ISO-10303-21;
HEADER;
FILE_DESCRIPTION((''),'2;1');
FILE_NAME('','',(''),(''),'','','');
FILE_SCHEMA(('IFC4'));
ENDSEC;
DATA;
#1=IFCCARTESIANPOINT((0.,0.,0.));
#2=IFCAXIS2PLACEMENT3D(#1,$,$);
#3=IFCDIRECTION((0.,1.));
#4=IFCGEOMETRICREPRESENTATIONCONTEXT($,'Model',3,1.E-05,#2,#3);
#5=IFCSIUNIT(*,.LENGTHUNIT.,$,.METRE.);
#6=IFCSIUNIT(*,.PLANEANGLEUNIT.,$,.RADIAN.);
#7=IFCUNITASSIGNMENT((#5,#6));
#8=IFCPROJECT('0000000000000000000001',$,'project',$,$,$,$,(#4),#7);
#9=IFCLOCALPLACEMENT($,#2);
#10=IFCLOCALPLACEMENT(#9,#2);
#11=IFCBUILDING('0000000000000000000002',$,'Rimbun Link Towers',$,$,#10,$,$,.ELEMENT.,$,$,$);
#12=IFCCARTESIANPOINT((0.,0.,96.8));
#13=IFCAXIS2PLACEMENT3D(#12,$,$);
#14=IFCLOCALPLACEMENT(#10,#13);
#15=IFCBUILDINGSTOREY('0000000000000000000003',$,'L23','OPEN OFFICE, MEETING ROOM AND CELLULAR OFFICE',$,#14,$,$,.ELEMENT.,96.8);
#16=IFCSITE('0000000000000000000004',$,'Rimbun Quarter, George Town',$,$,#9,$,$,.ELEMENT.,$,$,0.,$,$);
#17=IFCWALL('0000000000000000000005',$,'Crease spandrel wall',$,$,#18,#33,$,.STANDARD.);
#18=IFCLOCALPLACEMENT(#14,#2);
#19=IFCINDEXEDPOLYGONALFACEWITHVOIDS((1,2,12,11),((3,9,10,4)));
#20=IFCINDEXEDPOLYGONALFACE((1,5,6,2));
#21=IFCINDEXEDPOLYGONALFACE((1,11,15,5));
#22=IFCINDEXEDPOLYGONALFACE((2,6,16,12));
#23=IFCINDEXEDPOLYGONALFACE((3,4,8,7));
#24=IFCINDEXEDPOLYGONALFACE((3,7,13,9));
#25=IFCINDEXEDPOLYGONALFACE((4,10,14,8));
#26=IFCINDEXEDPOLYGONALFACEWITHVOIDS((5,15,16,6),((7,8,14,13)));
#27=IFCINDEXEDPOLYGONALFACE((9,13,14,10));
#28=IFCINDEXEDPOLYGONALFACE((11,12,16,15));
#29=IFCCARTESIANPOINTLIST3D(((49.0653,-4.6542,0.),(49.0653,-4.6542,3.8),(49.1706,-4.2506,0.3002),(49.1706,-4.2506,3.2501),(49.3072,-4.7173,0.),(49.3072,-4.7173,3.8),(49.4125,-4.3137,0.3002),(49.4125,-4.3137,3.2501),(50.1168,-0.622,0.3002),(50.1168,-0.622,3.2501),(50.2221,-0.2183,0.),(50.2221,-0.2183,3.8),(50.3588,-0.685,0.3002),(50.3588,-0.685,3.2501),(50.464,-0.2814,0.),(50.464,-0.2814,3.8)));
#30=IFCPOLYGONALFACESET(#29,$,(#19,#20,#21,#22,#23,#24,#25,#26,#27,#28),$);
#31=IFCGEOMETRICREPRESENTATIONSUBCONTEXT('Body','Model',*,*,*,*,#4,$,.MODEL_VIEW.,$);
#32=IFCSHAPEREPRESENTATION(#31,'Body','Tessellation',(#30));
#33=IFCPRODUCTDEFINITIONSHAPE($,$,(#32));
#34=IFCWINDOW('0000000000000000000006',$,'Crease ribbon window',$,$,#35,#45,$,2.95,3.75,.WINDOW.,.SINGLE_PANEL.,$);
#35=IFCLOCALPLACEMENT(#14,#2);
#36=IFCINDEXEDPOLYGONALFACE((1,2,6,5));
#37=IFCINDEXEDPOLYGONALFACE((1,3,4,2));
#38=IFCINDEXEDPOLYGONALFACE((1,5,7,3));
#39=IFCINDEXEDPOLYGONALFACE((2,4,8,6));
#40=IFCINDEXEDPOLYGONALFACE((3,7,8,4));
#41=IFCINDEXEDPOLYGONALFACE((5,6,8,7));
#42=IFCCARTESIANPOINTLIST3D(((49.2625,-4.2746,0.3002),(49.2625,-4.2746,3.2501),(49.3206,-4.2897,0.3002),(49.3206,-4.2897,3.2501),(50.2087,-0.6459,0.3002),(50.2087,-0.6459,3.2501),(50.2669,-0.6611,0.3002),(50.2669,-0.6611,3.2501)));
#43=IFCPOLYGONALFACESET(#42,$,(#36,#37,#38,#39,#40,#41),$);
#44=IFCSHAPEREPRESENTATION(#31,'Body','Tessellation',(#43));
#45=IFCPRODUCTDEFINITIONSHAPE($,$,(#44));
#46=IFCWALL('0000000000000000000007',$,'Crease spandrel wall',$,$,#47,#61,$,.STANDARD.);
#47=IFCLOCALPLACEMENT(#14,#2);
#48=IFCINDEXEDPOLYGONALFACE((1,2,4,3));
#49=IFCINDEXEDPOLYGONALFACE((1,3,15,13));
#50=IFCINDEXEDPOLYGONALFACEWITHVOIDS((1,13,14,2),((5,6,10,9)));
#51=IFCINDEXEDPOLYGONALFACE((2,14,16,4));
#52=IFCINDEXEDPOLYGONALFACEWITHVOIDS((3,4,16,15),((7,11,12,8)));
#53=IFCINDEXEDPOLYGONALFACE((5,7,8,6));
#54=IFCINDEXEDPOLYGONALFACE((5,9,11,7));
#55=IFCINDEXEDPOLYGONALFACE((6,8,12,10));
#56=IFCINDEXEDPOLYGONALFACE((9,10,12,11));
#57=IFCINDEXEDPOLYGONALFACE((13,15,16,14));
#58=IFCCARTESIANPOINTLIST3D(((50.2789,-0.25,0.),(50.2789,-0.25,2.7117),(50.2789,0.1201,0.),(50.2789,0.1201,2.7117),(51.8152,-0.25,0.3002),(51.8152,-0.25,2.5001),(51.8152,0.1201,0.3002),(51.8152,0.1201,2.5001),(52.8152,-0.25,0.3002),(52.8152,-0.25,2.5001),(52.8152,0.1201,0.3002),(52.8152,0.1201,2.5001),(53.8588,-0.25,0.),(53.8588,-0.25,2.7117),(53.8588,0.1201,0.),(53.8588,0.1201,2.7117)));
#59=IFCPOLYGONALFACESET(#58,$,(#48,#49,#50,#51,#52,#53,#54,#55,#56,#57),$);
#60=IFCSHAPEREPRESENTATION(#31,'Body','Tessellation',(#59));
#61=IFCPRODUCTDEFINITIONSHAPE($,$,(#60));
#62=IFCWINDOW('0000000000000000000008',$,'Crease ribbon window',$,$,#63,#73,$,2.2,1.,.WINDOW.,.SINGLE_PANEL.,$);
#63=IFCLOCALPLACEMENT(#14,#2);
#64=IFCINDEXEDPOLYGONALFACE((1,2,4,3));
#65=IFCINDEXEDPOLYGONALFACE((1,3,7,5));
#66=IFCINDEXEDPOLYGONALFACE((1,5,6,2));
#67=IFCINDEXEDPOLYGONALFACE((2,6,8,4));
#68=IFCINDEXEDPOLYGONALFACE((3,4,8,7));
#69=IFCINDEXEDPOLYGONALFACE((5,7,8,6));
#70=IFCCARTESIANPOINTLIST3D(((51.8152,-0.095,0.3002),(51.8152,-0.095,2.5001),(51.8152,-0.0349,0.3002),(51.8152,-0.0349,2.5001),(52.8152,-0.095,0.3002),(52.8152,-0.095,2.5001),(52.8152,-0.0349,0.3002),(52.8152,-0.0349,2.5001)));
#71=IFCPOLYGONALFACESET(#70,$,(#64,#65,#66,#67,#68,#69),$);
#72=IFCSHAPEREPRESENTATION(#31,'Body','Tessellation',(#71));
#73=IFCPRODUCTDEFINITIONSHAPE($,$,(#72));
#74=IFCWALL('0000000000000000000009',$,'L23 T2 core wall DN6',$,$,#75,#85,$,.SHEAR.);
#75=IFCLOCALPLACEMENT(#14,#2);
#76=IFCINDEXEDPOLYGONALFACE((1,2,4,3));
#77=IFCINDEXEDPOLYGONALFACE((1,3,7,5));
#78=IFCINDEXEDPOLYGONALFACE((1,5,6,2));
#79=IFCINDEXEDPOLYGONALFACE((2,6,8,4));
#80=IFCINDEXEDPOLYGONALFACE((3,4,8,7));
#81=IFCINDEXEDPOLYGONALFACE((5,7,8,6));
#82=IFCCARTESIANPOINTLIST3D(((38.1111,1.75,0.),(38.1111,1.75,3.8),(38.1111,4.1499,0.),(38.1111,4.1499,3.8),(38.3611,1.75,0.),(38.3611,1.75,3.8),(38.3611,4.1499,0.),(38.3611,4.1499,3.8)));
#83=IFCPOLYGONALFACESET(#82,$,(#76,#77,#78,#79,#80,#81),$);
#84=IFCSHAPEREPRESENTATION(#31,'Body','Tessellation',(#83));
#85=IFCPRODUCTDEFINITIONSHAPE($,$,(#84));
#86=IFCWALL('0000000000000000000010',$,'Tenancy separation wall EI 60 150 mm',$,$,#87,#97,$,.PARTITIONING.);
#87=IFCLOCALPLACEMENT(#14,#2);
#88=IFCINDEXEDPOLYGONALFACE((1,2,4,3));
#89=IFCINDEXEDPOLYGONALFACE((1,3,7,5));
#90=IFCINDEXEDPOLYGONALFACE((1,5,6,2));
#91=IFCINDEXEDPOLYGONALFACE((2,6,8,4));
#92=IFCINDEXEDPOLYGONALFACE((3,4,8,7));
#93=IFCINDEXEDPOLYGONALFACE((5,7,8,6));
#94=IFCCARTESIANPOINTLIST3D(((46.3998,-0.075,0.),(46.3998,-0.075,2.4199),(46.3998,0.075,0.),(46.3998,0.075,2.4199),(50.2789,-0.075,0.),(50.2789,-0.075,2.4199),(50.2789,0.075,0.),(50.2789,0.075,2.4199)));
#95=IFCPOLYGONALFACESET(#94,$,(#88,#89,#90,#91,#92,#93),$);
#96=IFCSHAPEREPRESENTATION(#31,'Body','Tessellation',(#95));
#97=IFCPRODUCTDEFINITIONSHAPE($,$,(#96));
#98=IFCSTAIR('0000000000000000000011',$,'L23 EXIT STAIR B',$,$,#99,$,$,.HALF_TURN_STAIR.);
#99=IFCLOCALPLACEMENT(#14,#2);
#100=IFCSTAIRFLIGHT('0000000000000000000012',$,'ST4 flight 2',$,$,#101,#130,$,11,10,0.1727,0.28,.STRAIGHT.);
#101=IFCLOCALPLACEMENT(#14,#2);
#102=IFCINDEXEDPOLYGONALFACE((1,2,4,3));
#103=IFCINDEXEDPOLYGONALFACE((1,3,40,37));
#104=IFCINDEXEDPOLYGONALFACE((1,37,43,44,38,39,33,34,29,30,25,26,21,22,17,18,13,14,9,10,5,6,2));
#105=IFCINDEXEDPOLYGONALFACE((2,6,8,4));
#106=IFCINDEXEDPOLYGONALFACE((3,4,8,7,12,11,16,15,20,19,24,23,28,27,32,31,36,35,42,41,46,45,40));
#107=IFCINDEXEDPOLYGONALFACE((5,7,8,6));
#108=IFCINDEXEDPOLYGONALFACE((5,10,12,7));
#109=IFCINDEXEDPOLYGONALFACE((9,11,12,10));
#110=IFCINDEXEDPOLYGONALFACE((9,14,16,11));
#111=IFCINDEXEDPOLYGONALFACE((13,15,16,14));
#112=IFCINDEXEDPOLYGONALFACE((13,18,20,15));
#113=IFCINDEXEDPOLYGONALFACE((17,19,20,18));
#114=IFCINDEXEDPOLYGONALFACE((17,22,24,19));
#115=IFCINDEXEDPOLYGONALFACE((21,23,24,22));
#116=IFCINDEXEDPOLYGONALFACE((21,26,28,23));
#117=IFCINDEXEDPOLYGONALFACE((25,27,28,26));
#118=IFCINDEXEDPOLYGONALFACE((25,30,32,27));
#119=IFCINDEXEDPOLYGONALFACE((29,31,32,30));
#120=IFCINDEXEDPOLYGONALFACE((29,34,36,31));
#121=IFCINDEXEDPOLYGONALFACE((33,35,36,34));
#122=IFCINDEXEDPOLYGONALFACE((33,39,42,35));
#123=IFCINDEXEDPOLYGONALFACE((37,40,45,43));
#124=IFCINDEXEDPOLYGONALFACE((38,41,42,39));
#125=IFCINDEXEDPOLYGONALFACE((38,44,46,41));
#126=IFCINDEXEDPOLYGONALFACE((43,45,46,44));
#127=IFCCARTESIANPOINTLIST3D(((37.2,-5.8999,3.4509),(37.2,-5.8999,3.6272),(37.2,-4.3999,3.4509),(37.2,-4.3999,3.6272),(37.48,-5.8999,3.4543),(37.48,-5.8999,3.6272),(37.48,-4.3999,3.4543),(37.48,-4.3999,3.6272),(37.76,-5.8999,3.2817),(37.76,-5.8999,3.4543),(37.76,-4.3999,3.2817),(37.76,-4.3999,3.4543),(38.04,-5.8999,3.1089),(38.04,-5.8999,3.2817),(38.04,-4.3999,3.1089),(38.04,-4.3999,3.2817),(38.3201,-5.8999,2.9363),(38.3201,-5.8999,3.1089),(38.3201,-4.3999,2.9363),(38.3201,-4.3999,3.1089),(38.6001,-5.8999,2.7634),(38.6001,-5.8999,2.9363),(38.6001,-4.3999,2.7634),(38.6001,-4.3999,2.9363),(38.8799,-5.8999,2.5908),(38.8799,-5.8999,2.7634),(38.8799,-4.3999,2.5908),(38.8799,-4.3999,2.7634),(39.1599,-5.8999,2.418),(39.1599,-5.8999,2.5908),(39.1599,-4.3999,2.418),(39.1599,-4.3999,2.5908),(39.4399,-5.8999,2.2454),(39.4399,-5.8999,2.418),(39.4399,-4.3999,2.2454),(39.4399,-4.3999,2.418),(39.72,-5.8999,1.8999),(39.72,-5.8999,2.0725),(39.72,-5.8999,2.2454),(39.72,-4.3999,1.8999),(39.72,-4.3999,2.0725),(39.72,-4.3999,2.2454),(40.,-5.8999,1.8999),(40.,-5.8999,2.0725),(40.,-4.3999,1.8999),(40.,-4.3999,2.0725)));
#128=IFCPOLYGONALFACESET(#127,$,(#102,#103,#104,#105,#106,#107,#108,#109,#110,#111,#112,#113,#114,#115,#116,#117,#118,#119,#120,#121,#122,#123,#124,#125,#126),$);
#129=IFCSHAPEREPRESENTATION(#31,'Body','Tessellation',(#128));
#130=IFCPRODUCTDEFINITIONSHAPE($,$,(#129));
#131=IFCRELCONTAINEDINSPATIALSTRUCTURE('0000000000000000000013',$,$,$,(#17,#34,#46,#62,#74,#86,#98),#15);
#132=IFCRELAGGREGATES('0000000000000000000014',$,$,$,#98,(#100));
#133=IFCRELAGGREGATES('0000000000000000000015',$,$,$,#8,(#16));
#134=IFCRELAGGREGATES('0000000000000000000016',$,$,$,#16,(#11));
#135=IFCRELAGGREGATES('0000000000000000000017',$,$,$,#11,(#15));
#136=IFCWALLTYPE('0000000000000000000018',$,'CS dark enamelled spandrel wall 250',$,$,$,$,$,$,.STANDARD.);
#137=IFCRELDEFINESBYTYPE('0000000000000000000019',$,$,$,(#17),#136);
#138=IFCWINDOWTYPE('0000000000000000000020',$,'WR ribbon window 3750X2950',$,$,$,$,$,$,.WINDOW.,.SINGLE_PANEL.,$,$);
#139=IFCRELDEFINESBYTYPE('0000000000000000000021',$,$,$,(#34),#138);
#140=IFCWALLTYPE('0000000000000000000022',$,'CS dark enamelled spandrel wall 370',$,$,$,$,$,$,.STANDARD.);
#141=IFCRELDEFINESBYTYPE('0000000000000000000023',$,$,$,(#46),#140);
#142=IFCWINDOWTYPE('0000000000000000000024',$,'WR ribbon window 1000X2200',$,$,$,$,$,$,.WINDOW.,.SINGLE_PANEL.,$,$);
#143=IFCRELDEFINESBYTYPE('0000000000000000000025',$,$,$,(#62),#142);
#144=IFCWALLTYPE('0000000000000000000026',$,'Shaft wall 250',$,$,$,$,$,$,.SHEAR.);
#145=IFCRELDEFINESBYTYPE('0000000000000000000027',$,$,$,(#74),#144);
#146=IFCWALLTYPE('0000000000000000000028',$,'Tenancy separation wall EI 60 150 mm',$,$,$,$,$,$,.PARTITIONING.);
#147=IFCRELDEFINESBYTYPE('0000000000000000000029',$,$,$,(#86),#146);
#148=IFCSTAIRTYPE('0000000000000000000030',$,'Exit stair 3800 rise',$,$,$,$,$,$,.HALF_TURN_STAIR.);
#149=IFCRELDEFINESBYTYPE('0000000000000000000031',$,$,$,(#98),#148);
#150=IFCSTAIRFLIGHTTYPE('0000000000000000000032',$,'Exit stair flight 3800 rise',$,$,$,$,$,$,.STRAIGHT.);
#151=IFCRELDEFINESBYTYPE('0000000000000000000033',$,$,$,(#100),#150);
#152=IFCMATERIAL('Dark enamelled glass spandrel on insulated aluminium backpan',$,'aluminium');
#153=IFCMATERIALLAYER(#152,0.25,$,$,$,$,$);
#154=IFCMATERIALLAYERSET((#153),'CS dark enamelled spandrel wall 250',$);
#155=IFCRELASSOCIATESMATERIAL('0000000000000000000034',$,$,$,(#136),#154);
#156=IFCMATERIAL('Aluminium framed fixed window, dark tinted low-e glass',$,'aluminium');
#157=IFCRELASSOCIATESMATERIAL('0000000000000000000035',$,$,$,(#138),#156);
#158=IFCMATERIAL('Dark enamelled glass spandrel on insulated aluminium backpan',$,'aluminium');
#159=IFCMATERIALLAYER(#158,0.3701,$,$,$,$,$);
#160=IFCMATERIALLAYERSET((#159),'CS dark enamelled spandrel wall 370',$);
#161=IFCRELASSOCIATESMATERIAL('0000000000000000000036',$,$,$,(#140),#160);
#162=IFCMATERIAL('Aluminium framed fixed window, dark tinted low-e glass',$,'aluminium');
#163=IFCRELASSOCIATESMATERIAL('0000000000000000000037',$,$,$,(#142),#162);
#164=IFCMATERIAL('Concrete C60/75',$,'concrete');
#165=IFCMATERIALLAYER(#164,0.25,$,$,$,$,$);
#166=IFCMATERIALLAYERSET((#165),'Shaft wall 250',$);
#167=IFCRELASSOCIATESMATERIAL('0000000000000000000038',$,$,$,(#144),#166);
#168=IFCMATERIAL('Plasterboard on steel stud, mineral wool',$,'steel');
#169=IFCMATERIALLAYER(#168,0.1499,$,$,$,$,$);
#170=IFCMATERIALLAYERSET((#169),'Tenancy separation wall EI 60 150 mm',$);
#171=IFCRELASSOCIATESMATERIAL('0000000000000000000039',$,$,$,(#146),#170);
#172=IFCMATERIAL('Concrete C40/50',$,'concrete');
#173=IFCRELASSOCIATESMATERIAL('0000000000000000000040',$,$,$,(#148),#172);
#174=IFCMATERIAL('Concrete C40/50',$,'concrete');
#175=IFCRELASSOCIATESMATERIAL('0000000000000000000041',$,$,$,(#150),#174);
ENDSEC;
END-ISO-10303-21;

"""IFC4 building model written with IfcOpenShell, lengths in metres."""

from ifc_helpers import new_model, si_unit, direction, frame, frame_2d, origin, place, context, subcontext, project, spatial, polyline, rectangle, outline, extrude, material, layer, layer_set, type_object, element, fill, aggregate, save


model = new_model("IFC4")

# Units and contexts
model_context = context("Model", 3, precision=1e-05, world=origin(), true_north=direction((0.0, 1.0)))
body_context = subcontext(model_context, "Body", "Model", "MODEL_VIEW")
ifc_project = project(units=[si_unit("LENGTHUNIT", "METRE"), si_unit("PLANEANGLEUNIT", "RADIAN")], contexts=[model_context])

# Site, building, storey
site_placement = place(None, origin())
site = spatial("IfcSite", under=ifc_project, at=site_placement, Name="Rimbun Quarter, George Town", CompositionType="ELEMENT", RefElevation=0.0)
building_placement = place(site_placement, origin())
building = spatial("IfcBuilding", under=site, at=building_placement, Name="Rimbun Link Towers", CompositionType="ELEMENT")
storey_placement = place(building_placement, frame((0.0, 0.0, 96.8)))
storey = spatial("IfcBuildingStorey", under=building, at=storey_placement, Name="L23", Description="OPEN OFFICE, MEETING ROOM AND CELLULAR OFFICE", CompositionType="ELEMENT", Elevation=96.8)

# Walls, openings, windows
ifc_material_1 = material(Name="Dark enamelled glass spandrel on insulated aluminium backpan", Category="aluminium")
ifc_layer_1 = layer(ifc_material_1, 0.25)
ifc_layer_set_1 = layer_set([ifc_layer_1], Name="CS dark enamelled spandrel wall 250")
wall_type_1 = type_object("IfcWallType", Name="CS dark enamelled spandrel wall 250", PredefinedType="STANDARD", material=ifc_layer_set_1)
wall_1_placement = place(storey_placement, frame((50.343, -0.25, 0.0), z_axis=(0.0, 0.0, 1.0), x_axis=(-0.252335, -0.96764, 0.0)))
wall_1 = element("IfcWall", 1, at=wall_1_placement, inside=storey, type_object=wall_type_1, Name="Crease spandrel wall", PredefinedType="STANDARD", context=body_context, shape_type="SweptSolid", body=[
    extrude(rectangle(XDim=4.5842, YDim=0.25, at=frame_2d((2.292, 0.0))), origin(), (0.0, 0.0, 1.0), 3.8),
])
opening_1_placement = place(wall_1_placement, frame((0.417, 0.0, 0.3)))
opening_1 = element("IfcOpeningElement", 2, at=opening_1_placement, cuts=wall_1, PredefinedType="OPENING", context=body_context, shape_type="SweptSolid", body=[
    extrude(rectangle(XDim=3.75, YDim=2.95, at=frame_2d((1.875, 1.4751))), frame((0.0, 0.135, 0.0), z_axis=(0.0, -1.0, 0.0), x_axis=(1.0, 0.0, 0.0)), (0.0, 0.0, 1.0), 0.27),
])
ifc_material_2 = material(Name="Aluminium framed fixed window, dark tinted low-e glass", Category="aluminium")
window_type_1 = type_object("IfcWindowType", Name="WR ribbon window 3750X2950", PartitioningType="SINGLE_PANEL", PredefinedType="WINDOW", material=ifc_material_2)
window_1_placement = place(opening_1_placement, origin())
window_1 = element("IfcWindow", 3, at=window_1_placement, inside=storey, type_object=window_type_1, Name="Crease ribbon window", OverallHeight=2.95, OverallWidth=3.75, PartitioningType="SINGLE_PANEL", PredefinedType="WINDOW", context=body_context, shape_type="SweptSolid", body=[
    extrude(rectangle(XDim=3.75, YDim=2.95, at=frame_2d((1.875, 1.4751))), frame((0.0, 0.03, 0.0), z_axis=(0.0, -1.0, 0.0), x_axis=(1.0, 0.0, 0.0)), (0.0, 0.0, 1.0), 0.0601),
])
fill(opening_1, window_1)
ifc_material_3 = material(Name="Dark enamelled glass spandrel on insulated aluminium backpan", Category="aluminium")
ifc_layer_2 = layer(ifc_material_3, 0.3701)
ifc_layer_set_2 = layer_set([ifc_layer_2], Name="CS dark enamelled spandrel wall 370")
wall_type_2 = type_object("IfcWallType", Name="CS dark enamelled spandrel wall 370", PredefinedType="STANDARD", material=ifc_layer_set_2)
wall_2_placement = place(storey_placement, frame((53.8589, -0.0649, 0.0), z_axis=(0.0, 0.0, 1.0), x_axis=(-1.0, 0.0, 0.0)))
wall_2 = element("IfcWall", 4, at=wall_2_placement, inside=storey, type_object=wall_type_2, Name="Crease spandrel wall", PredefinedType="STANDARD", context=body_context, shape_type="SweptSolid", body=[
    extrude(rectangle(XDim=3.5798, YDim=0.3701, at=frame_2d((1.79, 0.0))), origin(), (0.0, 0.0, 1.0), 2.7117),
])
opening_2_placement = place(wall_2_placement, frame((1.0437, 0.0, 0.3)))
opening_2 = element("IfcOpeningElement", 5, at=opening_2_placement, cuts=wall_2, PredefinedType="OPENING", context=body_context, shape_type="SweptSolid", body=[
    extrude(rectangle(XDim=1.0, YDim=2.2, at=frame_2d((0.5, 1.1001))), frame((0.0, 0.1951, 0.0), z_axis=(0.0, -1.0, 0.0), x_axis=(1.0, 0.0, 0.0)), (0.0, 0.0, 1.0), 0.3901),
])
ifc_material_4 = material(Name="Aluminium framed fixed window, dark tinted low-e glass", Category="aluminium")
window_type_2 = type_object("IfcWindowType", Name="WR ribbon window 1000X2200", PartitioningType="SINGLE_PANEL", PredefinedType="WINDOW", material=ifc_material_4)
window_2_placement = place(opening_2_placement, origin())
window_2 = element("IfcWindow", 6, at=window_2_placement, inside=storey, type_object=window_type_2, Name="Crease ribbon window", OverallHeight=2.2, OverallWidth=1.0, PartitioningType="SINGLE_PANEL", PredefinedType="WINDOW", context=body_context, shape_type="SweptSolid", body=[
    extrude(rectangle(XDim=1.0, YDim=2.2, at=frame_2d((0.5, 1.1001))), frame((0.0, 0.03, 0.0), z_axis=(0.0, -1.0, 0.0), x_axis=(1.0, 0.0, 0.0)), (0.0, 0.0, 1.0), 0.0601),
])
fill(opening_2, window_2)

# Walls
ifc_material_5 = material(Name="Concrete C60/75", Category="concrete")
ifc_layer_3 = layer(ifc_material_5, 0.25)
ifc_layer_set_3 = layer_set([ifc_layer_3], Name="Shaft wall 250")
wall_type_3 = type_object("IfcWallType", Name="Shaft wall 250", PredefinedType="SHEAR", material=ifc_layer_set_3)
wall_3_placement = place(storey_placement, frame((38.2361, 1.75, 0.0), z_axis=(0.0, 0.0, 1.0), x_axis=(0.0, 1.0, 0.0)))
element("IfcWall", 7, at=wall_3_placement, inside=storey, type_object=wall_type_3, Name="L23 T2 core wall DN6", PredefinedType="SHEAR", context=body_context, shape_type="SweptSolid", body=[
    extrude(rectangle(XDim=2.3999, YDim=0.25, at=frame_2d((1.2, 0.0))), origin(), (0.0, 0.0, 1.0), 3.8),
])
ifc_material_6 = material(Name="Plasterboard on steel stud, mineral wool", Category="steel")
ifc_layer_4 = layer(ifc_material_6, 0.1499)
ifc_layer_set_4 = layer_set([ifc_layer_4], Name="Tenancy separation wall EI 60 150 mm")
wall_type_4 = type_object("IfcWallType", Name="Tenancy separation wall EI 60 150 mm", PredefinedType="PARTITIONING", material=ifc_layer_set_4)
wall_4_placement = place(storey_placement, frame((46.3999, 0.0, 0.0), z_axis=(0.0, 0.0, 1.0), x_axis=(1.0, 0.0, 0.0)))
element("IfcWall", 8, at=wall_4_placement, inside=storey, type_object=wall_type_4, Name="Tenancy separation wall EI 60 150 mm", PredefinedType="PARTITIONING", context=body_context, shape_type="SweptSolid", body=[
    extrude(rectangle(XDim=3.8792, YDim=0.1499, at=frame_2d((1.9395, 0.0))), origin(), (0.0, 0.0, 1.0), 2.4199),
])

# Stair, stair flight
ifc_material_7 = material(Name="Concrete C40/50", Category="concrete")
stair_type = type_object("IfcStairType", Name="Exit stair 3800 rise", PredefinedType="HALF_TURN_STAIR", material=ifc_material_7)
stair_placement = place(storey_placement, origin())
stair = element("IfcStair", 9, at=stair_placement, inside=storey, type_object=stair_type, Name="L23 EXIT STAIR B", PredefinedType="HALF_TURN_STAIR")
ifc_material_8 = material(Name="Concrete C40/50", Category="concrete")
stair_flight_type = type_object("IfcStairFlightType", Name="Exit stair flight 3800 rise", PredefinedType="STRAIGHT", material=ifc_material_8)
stair_flight_placement = place(storey_placement, frame((40.0, -5.1499, 1.8999), z_axis=(0.0, 0.0, 1.0), x_axis=(-1.0, 0.0, 0.0)))
stair_flight = element("IfcStairFlight", 10, at=stair_flight_placement, type_object=stair_flight_type, Name="ST4 flight 2", NumberOfRisers=11, NumberOfTreads=10, PredefinedType="STRAIGHT", RiserHeight=0.1727, TreadLength=0.28, context=body_context, shape_type="SweptSolid", body=[
    extrude(outline(polyline([(0.0, 0.0), (0.0, 0.1726), (0.28, 0.1726), (0.28, 0.3455), (0.5601, 0.3455), (0.5601, 0.5181), (0.8401, 0.5181), (0.8401, 0.6909), (1.1201, 0.6909), (1.1201, 0.8635), (1.3999, 0.8635), (1.3999, 1.0364), (1.6799, 1.0364), (1.6799, 1.209), (1.96, 1.209), (1.96, 1.3818), (2.24, 1.3818), (2.24, 1.5544), (2.52, 1.5544), (2.52, 1.7273), (2.8, 1.7273), (2.8, 1.8999), (2.8, 1.551), (0.28, 0.0), (0.0, 0.0)])), frame((0.0, 0.75, 0.0), z_axis=(0.0, -1.0, 0.0), x_axis=(1.0, 0.0, 0.0)), (0.0, 0.0, 1.0), 1.5),
])
aggregate(stair, [stair_flight])

save(model, "model.ifc")
